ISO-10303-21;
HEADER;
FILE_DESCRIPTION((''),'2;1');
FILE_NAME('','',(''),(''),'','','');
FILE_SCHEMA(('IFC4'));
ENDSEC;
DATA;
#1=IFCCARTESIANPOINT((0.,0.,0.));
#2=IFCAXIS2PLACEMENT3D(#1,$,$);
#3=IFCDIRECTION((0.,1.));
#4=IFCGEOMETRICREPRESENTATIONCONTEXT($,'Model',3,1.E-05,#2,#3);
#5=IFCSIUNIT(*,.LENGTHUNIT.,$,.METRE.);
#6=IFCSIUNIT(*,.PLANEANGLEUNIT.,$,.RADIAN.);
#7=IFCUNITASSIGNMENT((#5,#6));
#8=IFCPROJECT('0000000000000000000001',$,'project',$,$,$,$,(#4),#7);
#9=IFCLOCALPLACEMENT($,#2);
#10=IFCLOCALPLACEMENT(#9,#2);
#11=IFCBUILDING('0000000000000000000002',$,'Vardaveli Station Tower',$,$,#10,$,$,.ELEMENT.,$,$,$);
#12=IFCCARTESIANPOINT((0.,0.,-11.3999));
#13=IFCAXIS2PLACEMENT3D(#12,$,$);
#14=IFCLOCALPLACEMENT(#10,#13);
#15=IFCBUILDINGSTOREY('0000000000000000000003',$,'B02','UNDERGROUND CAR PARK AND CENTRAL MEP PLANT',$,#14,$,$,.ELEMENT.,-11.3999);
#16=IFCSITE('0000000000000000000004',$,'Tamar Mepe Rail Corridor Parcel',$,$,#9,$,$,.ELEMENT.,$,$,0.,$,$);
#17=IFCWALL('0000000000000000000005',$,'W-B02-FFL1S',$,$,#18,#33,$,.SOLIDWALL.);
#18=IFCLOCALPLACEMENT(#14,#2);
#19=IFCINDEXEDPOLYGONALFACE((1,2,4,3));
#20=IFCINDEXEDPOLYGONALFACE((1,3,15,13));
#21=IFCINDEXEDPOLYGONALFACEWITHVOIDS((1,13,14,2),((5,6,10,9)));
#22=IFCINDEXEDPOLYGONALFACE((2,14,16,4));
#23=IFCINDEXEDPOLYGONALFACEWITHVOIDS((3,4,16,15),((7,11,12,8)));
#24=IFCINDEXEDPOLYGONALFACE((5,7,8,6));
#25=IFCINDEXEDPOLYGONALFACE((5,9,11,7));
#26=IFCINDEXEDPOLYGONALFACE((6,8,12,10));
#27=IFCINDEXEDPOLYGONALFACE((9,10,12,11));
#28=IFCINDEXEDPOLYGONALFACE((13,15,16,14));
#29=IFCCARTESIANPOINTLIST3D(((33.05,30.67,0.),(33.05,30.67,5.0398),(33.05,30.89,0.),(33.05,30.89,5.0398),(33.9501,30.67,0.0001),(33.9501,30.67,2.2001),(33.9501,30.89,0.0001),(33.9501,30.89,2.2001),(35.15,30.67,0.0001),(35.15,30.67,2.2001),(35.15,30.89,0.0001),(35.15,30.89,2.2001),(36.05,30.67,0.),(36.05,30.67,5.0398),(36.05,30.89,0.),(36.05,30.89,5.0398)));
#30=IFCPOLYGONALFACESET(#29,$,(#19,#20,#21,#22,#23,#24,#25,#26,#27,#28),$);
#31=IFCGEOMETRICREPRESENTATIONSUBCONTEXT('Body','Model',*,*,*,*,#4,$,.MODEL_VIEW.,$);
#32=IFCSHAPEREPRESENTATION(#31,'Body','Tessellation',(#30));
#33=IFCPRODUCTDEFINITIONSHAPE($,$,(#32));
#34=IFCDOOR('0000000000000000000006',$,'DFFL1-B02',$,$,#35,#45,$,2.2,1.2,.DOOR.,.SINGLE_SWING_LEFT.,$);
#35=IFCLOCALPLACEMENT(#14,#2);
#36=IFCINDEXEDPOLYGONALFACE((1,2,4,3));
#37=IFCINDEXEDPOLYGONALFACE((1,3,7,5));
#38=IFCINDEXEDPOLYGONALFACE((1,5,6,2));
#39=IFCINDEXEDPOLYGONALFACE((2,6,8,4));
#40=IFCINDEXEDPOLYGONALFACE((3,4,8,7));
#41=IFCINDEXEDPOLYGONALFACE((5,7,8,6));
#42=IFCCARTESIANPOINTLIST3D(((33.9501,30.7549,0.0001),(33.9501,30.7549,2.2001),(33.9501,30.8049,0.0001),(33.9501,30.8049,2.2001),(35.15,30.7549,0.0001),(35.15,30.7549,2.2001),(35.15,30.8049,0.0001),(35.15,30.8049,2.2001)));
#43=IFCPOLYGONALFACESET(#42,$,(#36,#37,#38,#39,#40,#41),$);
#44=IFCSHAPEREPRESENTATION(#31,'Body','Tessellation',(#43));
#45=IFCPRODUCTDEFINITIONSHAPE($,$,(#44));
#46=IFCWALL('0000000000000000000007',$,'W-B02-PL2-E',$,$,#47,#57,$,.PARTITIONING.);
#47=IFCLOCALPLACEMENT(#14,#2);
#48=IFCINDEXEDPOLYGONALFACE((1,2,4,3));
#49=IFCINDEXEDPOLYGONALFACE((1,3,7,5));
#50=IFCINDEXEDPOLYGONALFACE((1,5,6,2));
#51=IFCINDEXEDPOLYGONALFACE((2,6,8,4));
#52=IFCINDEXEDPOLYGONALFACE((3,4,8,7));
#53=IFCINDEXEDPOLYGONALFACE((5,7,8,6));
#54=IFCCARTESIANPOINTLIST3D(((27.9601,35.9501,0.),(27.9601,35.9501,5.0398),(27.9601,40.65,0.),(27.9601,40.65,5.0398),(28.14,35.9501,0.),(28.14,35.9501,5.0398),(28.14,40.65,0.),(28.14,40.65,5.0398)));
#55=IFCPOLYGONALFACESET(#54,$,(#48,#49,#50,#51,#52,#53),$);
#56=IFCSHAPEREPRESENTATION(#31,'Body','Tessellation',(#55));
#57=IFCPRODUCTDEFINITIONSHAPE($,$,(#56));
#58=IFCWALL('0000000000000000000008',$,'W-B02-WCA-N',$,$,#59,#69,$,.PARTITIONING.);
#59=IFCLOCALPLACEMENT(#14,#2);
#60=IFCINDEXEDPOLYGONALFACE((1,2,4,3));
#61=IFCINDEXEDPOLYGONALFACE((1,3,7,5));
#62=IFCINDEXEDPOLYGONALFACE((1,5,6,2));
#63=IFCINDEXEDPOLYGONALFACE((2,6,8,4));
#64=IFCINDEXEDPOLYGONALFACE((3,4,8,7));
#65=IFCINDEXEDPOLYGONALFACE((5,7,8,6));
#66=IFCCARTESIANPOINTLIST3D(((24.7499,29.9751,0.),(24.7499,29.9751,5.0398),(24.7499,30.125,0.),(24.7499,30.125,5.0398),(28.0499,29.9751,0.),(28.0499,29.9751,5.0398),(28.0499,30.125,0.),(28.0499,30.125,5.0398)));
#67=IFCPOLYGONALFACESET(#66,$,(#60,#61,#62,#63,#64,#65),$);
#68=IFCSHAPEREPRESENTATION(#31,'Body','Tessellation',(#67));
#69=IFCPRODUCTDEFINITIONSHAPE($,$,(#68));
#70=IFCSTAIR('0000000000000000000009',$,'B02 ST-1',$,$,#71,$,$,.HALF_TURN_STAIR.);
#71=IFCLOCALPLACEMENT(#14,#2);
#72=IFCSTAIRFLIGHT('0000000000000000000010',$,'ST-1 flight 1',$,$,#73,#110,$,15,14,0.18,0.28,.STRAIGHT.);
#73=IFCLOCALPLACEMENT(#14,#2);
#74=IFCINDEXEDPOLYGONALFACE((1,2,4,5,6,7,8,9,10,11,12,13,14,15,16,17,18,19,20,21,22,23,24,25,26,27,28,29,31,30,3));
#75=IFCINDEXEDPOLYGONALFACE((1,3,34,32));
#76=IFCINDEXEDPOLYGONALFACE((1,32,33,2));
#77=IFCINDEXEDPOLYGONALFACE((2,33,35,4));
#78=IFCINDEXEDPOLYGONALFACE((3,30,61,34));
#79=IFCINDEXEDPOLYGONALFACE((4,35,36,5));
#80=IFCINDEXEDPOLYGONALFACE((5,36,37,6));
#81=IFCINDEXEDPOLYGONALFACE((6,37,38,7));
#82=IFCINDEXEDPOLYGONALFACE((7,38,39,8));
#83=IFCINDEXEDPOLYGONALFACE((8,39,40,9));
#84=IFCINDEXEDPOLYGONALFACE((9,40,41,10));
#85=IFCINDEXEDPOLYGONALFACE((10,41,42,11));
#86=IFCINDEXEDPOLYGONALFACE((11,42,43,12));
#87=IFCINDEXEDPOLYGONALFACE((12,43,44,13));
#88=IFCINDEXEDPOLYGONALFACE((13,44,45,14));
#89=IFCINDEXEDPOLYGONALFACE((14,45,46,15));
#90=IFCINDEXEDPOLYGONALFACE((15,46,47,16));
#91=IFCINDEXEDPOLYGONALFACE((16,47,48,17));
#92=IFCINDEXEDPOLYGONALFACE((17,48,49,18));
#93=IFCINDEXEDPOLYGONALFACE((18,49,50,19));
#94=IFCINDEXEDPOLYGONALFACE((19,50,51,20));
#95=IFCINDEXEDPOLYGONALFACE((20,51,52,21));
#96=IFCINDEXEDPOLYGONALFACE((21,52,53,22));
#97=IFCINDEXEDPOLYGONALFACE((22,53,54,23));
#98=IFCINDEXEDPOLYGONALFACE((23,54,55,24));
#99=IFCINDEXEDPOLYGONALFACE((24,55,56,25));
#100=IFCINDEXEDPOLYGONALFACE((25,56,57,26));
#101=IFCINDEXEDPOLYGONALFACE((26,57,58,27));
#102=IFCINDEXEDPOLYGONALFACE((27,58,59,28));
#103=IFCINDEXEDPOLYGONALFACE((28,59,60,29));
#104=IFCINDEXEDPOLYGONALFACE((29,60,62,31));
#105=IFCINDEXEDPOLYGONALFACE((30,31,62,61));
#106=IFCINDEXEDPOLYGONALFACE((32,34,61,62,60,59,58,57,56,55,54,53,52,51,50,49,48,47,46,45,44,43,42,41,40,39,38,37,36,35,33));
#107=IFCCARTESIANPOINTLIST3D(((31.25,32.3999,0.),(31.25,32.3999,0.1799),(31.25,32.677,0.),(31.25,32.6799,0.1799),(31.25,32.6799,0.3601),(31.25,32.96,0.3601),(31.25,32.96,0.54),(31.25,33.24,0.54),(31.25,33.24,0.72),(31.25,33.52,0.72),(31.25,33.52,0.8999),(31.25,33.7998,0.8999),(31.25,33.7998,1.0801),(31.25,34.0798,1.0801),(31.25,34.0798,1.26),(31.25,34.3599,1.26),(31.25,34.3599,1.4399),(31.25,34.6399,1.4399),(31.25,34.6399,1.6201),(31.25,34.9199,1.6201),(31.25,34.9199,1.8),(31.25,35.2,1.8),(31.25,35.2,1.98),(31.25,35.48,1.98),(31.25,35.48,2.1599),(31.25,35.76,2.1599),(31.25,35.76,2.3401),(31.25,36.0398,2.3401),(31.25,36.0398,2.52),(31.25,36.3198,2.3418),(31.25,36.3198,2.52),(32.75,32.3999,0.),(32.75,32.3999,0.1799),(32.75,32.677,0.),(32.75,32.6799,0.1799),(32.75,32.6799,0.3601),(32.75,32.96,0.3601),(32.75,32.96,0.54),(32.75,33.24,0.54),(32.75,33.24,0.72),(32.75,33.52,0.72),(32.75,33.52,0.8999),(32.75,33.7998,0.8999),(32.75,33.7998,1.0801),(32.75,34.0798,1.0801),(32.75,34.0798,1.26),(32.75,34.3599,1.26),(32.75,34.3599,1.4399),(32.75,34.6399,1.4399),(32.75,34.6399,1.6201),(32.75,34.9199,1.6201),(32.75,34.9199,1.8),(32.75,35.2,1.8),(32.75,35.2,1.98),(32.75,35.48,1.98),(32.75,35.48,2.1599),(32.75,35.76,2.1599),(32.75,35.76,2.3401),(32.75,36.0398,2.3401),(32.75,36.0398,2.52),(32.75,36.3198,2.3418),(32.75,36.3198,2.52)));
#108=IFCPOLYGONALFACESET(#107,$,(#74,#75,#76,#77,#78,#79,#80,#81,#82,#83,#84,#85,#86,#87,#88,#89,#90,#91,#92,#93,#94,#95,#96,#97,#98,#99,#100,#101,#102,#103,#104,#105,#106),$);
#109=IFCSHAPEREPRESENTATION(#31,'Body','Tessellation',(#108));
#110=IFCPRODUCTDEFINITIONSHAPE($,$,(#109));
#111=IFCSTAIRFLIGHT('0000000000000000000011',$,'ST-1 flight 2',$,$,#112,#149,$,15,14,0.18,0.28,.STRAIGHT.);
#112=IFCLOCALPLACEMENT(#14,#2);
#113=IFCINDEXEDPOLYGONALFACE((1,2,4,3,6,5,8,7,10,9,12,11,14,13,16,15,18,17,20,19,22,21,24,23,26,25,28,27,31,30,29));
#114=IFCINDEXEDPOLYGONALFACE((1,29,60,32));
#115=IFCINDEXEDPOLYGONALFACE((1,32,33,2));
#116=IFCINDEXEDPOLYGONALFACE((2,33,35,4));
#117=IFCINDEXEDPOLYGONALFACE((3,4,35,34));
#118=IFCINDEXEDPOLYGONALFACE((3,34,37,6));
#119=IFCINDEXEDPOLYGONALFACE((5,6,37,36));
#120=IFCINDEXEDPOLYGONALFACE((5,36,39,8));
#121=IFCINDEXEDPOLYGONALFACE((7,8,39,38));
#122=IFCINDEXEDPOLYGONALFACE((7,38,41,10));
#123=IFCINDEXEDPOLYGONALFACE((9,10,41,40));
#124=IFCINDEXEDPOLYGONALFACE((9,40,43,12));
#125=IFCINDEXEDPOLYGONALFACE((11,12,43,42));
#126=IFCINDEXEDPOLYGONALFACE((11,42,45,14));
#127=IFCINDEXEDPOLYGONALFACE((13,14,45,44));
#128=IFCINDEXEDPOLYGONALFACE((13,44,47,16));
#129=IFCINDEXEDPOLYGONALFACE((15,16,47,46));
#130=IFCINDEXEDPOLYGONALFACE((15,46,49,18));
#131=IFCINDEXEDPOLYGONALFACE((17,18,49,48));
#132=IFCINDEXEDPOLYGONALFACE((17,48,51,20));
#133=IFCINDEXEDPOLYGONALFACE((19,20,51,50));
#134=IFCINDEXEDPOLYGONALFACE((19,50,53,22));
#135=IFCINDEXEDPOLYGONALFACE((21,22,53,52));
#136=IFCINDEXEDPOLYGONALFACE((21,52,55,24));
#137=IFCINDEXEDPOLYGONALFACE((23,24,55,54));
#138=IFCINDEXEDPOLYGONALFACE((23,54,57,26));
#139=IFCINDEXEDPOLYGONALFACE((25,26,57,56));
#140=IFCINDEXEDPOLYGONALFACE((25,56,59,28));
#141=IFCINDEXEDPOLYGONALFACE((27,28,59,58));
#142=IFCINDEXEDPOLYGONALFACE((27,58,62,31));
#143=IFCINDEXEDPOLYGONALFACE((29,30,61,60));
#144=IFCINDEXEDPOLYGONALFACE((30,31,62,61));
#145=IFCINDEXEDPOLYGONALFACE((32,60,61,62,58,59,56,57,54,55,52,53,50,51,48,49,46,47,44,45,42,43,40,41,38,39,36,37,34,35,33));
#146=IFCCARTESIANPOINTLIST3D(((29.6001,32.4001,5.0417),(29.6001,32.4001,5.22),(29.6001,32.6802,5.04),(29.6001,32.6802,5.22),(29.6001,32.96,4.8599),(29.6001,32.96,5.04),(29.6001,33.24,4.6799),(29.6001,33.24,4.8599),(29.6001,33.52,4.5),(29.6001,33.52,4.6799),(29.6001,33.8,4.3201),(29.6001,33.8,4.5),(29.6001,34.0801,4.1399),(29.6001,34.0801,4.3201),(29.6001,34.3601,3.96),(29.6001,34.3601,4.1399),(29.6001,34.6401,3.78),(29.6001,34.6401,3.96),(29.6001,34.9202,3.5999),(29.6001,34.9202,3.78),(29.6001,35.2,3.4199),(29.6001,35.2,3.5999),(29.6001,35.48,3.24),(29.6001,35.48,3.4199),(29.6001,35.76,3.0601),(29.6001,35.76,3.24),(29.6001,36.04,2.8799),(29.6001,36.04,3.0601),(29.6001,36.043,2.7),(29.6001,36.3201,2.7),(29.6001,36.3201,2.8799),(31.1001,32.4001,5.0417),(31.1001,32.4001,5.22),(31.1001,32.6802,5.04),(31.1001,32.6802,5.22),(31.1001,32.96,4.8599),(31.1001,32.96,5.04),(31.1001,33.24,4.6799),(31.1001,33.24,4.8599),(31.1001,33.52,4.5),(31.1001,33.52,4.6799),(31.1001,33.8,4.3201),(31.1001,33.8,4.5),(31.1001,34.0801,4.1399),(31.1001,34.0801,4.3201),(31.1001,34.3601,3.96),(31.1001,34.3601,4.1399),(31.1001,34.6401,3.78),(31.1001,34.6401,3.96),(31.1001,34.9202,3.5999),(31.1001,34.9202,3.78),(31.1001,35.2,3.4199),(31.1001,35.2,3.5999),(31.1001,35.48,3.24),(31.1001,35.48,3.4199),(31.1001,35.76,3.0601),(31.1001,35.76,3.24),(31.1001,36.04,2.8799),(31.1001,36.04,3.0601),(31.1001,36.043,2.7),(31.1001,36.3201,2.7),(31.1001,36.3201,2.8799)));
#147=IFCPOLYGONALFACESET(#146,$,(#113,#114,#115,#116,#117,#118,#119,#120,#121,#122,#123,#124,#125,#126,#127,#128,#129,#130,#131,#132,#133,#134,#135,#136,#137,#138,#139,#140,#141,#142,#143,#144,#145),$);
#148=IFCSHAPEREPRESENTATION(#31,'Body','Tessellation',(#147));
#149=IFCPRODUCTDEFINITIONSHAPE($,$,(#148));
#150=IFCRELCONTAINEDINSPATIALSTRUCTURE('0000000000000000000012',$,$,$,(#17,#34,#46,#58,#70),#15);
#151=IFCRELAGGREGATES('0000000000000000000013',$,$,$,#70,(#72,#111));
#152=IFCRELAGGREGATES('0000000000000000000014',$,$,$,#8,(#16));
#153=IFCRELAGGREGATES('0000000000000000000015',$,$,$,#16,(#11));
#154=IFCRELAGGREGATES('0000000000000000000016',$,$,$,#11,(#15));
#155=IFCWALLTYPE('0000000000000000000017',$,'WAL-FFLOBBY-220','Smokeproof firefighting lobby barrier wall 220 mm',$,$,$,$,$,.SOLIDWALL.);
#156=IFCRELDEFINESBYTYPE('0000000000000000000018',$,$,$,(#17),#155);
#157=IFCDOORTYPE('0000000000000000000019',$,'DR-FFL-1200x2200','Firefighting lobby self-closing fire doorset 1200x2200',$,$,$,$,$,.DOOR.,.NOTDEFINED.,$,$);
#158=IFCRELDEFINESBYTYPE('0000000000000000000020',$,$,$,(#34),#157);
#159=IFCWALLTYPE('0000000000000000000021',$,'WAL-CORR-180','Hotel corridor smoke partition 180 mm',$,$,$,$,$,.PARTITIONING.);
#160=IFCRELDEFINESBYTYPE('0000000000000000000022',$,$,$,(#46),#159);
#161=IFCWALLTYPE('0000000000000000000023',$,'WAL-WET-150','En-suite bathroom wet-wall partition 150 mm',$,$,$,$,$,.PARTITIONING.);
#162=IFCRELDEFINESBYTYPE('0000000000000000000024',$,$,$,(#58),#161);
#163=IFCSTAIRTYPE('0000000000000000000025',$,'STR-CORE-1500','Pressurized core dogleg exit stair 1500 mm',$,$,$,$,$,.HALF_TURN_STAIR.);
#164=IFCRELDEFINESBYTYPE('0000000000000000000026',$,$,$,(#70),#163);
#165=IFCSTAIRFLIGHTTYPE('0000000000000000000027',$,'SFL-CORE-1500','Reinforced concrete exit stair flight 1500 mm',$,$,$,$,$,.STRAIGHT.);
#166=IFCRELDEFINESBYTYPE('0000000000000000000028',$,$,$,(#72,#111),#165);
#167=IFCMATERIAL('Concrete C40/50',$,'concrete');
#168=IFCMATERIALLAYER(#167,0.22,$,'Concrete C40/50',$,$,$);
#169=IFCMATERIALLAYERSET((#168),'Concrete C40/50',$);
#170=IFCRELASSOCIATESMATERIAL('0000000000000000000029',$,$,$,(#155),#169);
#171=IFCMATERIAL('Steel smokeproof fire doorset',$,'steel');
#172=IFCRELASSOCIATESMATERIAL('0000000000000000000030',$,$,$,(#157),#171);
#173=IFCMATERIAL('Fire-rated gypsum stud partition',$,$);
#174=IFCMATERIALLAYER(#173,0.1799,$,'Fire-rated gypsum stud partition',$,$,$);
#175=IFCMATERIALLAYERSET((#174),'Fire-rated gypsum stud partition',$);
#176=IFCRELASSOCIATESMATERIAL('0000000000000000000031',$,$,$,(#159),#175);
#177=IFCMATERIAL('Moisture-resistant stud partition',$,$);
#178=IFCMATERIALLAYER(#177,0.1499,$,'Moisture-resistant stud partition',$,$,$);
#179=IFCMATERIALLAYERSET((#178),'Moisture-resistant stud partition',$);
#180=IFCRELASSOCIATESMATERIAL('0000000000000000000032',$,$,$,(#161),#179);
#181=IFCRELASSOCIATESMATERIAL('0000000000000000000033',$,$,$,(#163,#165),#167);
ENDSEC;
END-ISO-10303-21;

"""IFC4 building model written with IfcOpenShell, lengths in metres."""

from ifc_helpers import new_model, si_unit, direction, frame, frame_2d, origin, place, context, subcontext, project, spatial, polyline, rectangle, outline, extrude, source, transform, mapped, material, layer, layer_set, type_object, element, fill, aggregate, save


model = new_model("IFC4")

# Units and contexts
model_context = context("Model", 3, precision=1e-05, world=origin(), true_north=direction((0.0, 1.0)))
body_context = subcontext(model_context, "Body", "Model", "MODEL_VIEW")
ifc_project = project(units=[si_unit("LENGTHUNIT", "METRE"), si_unit("PLANEANGLEUNIT", "RADIAN")], contexts=[model_context])

# Site, building, storey
site_placement = place(None, origin())
site = spatial("IfcSite", under=ifc_project, at=site_placement, Name="Tamar Mepe Rail Corridor Parcel", CompositionType="ELEMENT", RefElevation=0.0)
building_placement = place(site_placement, origin())
building = spatial("IfcBuilding", under=site, at=building_placement, Name="Vardaveli Station Tower", CompositionType="ELEMENT")
storey_placement = place(building_placement, frame((0.0, 0.0, -11.3999)))
storey = spatial("IfcBuildingStorey", under=building, at=storey_placement, Name="B02", Description="UNDERGROUND CAR PARK AND CENTRAL MEP PLANT", CompositionType="ELEMENT", Elevation=-11.3999)

# Shared definitions
ifc_material_1 = material(Name="Concrete C40/50", Category="concrete")

# Wall, opening, door
ifc_material_2 = material(Name="Steel smokeproof fire doorset", Category="steel")
ifc_layer_1 = layer(ifc_material_1, 0.22, Name="Concrete C40/50")
ifc_layer_set_1 = layer_set([ifc_layer_1], Name="Concrete C40/50")
wall_type_1 = type_object("IfcWallType", Name="WAL-FFLOBBY-220", Description="Smokeproof firefighting lobby barrier wall 220 mm", PredefinedType="SOLIDWALL", material=ifc_layer_set_1)
shared_shape_1 = source(origin(), body_context, "Body", "SweptSolid", [
    extrude(rectangle(XDim=3.0, YDim=0.22, at=frame_2d((1.5, 0.0))), origin(), (0.0, 0.0, 1.0), 5.0398),
])
wall_1_placement = place(storey_placement, frame((33.05, 30.78, 0.0), z_axis=(0.0, 0.0, 1.0), x_axis=(1.0, 0.0, 0.0)))
wall_1 = element("IfcWall", 1, at=wall_1_placement, inside=storey, type_object=wall_type_1, Name="W-B02-FFL1S", PredefinedType="SOLIDWALL", context=body_context, shape_type="MappedRepresentation", body=[
    mapped(shared_shape_1, transform((0.0, 0.0, 0.0), scale=1.0)),
])
shared_shape_2 = source(origin(), body_context, "Body", "SweptSolid", [
    extrude(rectangle(XDim=1.2, YDim=2.2, at=frame_2d((0.6001, 1.1001))), frame((0.0, 0.1201, 0.0), z_axis=(0.0, -1.0, 0.0), x_axis=(1.0, 0.0, 0.0)), (0.0, 0.0, 1.0), 0.24),
])
opening_1_placement = place(wall_1_placement, frame((0.8999, 0.0, 0.0)))
opening_1 = element("IfcOpeningElement", 2, at=opening_1_placement, cuts=wall_1, PredefinedType="OPENING", context=body_context, shape_type="MappedRepresentation", body=[
    mapped(shared_shape_2, transform((0.0, 0.0, 0.0), scale=1.0)),
])
door_type_1 = type_object("IfcDoorType", Name="DR-FFL-1200x2200", Description="Firefighting lobby self-closing fire doorset 1200x2200", OperationType="NOTDEFINED", PredefinedType="DOOR", material=ifc_material_2)
shared_shape_3 = source(origin(), body_context, "Body", "SweptSolid", [
    extrude(rectangle(XDim=1.2, YDim=2.2, at=frame_2d((0.6001, 1.1001))), frame((0.0, 0.0249, 0.0), z_axis=(0.0, -1.0, 0.0), x_axis=(1.0, 0.0, 0.0)), (0.0, 0.0, 1.0), 0.05),
])
door_1_placement = place(opening_1_placement, origin())
door_1 = element("IfcDoor", 3, at=door_1_placement, inside=storey, type_object=door_type_1, Name="DFFL1-B02", OperationType="SINGLE_SWING_LEFT", OverallHeight=2.2, OverallWidth=1.2, PredefinedType="DOOR", context=body_context, shape_type="MappedRepresentation", body=[
    mapped(shared_shape_3, transform((0.0, 0.0, 0.0), scale=1.0)),
])
fill(opening_1, door_1)

# Walls
ifc_material_3 = material(Name="Fire-rated gypsum stud partition")
ifc_layer_2 = layer(ifc_material_3, 0.1799, Name="Fire-rated gypsum stud partition")
ifc_layer_set_2 = layer_set([ifc_layer_2], Name="Fire-rated gypsum stud partition")
wall_type_2 = type_object("IfcWallType", Name="WAL-CORR-180", Description="Hotel corridor smoke partition 180 mm", PredefinedType="PARTITIONING", material=ifc_layer_set_2)
shared_shape_4 = source(origin(), body_context, "Body", "SweptSolid", [
    extrude(rectangle(XDim=4.7, YDim=0.1799, at=frame_2d((2.3501, 0.0))), origin(), (0.0, 0.0, 1.0), 5.0398),
])
wall_2_placement = place(storey_placement, frame((28.05, 35.95, 0.0), z_axis=(0.0, 0.0, 1.0), x_axis=(0.0, 1.0, 0.0)))
element("IfcWall", 4, at=wall_2_placement, inside=storey, type_object=wall_type_2, Name="W-B02-PL2-E", PredefinedType="PARTITIONING", context=body_context, shape_type="MappedRepresentation", body=[
    mapped(shared_shape_4, transform((0.0, 0.0, 0.0), scale=1.0)),
])
ifc_material_4 = material(Name="Moisture-resistant stud partition")
ifc_layer_3 = layer(ifc_material_4, 0.1499, Name="Moisture-resistant stud partition")
ifc_layer_set_3 = layer_set([ifc_layer_3], Name="Moisture-resistant stud partition")
wall_type_3 = type_object("IfcWallType", Name="WAL-WET-150", Description="En-suite bathroom wet-wall partition 150 mm", PredefinedType="PARTITIONING", material=ifc_layer_set_3)
shared_shape_5 = source(origin(), body_context, "Body", "SweptSolid", [
    extrude(rectangle(XDim=3.3, YDim=0.1499, at=frame_2d((1.6499, 0.0))), origin(), (0.0, 0.0, 1.0), 5.0398),
])
wall_3_placement = place(storey_placement, frame((24.75, 30.05, 0.0), z_axis=(0.0, 0.0, 1.0), x_axis=(1.0, 0.0, 0.0)))
element("IfcWall", 5, at=wall_3_placement, inside=storey, type_object=wall_type_3, Name="W-B02-WCA-N", PredefinedType="PARTITIONING", context=body_context, shape_type="MappedRepresentation", body=[
    mapped(shared_shape_5, transform((0.0, 0.0, 0.0), scale=1.0)),
])

# Stair, stair flights
stair_type = type_object("IfcStairType", Name="STR-CORE-1500", Description="Pressurized core dogleg exit stair 1500 mm", PredefinedType="HALF_TURN_STAIR", material=ifc_material_1)
stair_1_placement = place(storey_placement, origin())
stair_1 = element("IfcStair", 6, at=stair_1_placement, inside=storey, type_object=stair_type, Name="B02 ST-1", PredefinedType="HALF_TURN_STAIR")
stair_flight_type = type_object("IfcStairFlightType", Name="SFL-CORE-1500", Description="Reinforced concrete exit stair flight 1500 mm", PredefinedType="STRAIGHT", material=ifc_material_1)
shared_shape_6 = source(origin(), body_context, "Body", "SweptSolid", [
    extrude(outline(polyline([(0.0, 0.0), (0.0, 0.1799), (0.28, 0.1799), (0.28, 0.3601), (0.5601, 0.3601), (0.5601, 0.54), (0.8401, 0.54), (0.8401, 0.72), (1.1201, 0.72), (1.1201, 0.8999), (1.3999, 0.8999), (1.3999, 1.0801), (1.6799, 1.0801), (1.6799, 1.26), (1.96, 1.26), (1.96, 1.4399), (2.24, 1.4399), (2.24, 1.6201), (2.52, 1.6201), (2.52, 1.8), (2.8, 1.8), (2.8, 1.98), (3.0801, 1.98), (3.0801, 2.1599), (3.3601, 2.1599), (3.3601, 2.3401), (3.6399, 2.3401), (3.6399, 2.52), (3.9199, 2.52), (3.9199, 2.7), (3.9199, 2.3418), (0.2771, 0.0), (0.0, 0.0)])), frame((0.0, 0.75, 0.0), z_axis=(0.0, -1.0, 0.0), x_axis=(1.0, 0.0, 0.0)), (0.0, 0.0, 1.0), 1.5),
])
stair_flight_1_placement = place(storey_placement, frame((32.0, 32.3999, 0.0), z_axis=(0.0, 0.0, 1.0), x_axis=(0.0, 1.0, 0.0)))
stair_flight_1 = element("IfcStairFlight", 7, at=stair_flight_1_placement, type_object=stair_flight_type, Name="ST-1 flight 1", NumberOfRisers=15, NumberOfTreads=14, PredefinedType="STRAIGHT", RiserHeight=0.18, TreadLength=0.28, context=body_context, shape_type="MappedRepresentation", body=[
    mapped(shared_shape_6, transform((0.0, 0.0, 0.0), scale=1.0)),
])
stair_flight_2_placement = place(storey_placement, frame((30.3501, 36.3201, 2.7), z_axis=(0.0, 0.0, 1.0), x_axis=(0.0, -1.0, 0.0)))
stair_flight_2 = element("IfcStairFlight", 8, at=stair_flight_2_placement, type_object=stair_flight_type, Name="ST-1 flight 2", NumberOfRisers=15, NumberOfTreads=14, PredefinedType="STRAIGHT", RiserHeight=0.18, TreadLength=0.28, context=body_context, shape_type="MappedRepresentation", body=[
    mapped(shared_shape_6, transform((0.0, 0.0, 0.0), scale=1.0)),
])
aggregate(stair_1, [stair_flight_1, stair_flight_2])

save(model, "model.ifc")
